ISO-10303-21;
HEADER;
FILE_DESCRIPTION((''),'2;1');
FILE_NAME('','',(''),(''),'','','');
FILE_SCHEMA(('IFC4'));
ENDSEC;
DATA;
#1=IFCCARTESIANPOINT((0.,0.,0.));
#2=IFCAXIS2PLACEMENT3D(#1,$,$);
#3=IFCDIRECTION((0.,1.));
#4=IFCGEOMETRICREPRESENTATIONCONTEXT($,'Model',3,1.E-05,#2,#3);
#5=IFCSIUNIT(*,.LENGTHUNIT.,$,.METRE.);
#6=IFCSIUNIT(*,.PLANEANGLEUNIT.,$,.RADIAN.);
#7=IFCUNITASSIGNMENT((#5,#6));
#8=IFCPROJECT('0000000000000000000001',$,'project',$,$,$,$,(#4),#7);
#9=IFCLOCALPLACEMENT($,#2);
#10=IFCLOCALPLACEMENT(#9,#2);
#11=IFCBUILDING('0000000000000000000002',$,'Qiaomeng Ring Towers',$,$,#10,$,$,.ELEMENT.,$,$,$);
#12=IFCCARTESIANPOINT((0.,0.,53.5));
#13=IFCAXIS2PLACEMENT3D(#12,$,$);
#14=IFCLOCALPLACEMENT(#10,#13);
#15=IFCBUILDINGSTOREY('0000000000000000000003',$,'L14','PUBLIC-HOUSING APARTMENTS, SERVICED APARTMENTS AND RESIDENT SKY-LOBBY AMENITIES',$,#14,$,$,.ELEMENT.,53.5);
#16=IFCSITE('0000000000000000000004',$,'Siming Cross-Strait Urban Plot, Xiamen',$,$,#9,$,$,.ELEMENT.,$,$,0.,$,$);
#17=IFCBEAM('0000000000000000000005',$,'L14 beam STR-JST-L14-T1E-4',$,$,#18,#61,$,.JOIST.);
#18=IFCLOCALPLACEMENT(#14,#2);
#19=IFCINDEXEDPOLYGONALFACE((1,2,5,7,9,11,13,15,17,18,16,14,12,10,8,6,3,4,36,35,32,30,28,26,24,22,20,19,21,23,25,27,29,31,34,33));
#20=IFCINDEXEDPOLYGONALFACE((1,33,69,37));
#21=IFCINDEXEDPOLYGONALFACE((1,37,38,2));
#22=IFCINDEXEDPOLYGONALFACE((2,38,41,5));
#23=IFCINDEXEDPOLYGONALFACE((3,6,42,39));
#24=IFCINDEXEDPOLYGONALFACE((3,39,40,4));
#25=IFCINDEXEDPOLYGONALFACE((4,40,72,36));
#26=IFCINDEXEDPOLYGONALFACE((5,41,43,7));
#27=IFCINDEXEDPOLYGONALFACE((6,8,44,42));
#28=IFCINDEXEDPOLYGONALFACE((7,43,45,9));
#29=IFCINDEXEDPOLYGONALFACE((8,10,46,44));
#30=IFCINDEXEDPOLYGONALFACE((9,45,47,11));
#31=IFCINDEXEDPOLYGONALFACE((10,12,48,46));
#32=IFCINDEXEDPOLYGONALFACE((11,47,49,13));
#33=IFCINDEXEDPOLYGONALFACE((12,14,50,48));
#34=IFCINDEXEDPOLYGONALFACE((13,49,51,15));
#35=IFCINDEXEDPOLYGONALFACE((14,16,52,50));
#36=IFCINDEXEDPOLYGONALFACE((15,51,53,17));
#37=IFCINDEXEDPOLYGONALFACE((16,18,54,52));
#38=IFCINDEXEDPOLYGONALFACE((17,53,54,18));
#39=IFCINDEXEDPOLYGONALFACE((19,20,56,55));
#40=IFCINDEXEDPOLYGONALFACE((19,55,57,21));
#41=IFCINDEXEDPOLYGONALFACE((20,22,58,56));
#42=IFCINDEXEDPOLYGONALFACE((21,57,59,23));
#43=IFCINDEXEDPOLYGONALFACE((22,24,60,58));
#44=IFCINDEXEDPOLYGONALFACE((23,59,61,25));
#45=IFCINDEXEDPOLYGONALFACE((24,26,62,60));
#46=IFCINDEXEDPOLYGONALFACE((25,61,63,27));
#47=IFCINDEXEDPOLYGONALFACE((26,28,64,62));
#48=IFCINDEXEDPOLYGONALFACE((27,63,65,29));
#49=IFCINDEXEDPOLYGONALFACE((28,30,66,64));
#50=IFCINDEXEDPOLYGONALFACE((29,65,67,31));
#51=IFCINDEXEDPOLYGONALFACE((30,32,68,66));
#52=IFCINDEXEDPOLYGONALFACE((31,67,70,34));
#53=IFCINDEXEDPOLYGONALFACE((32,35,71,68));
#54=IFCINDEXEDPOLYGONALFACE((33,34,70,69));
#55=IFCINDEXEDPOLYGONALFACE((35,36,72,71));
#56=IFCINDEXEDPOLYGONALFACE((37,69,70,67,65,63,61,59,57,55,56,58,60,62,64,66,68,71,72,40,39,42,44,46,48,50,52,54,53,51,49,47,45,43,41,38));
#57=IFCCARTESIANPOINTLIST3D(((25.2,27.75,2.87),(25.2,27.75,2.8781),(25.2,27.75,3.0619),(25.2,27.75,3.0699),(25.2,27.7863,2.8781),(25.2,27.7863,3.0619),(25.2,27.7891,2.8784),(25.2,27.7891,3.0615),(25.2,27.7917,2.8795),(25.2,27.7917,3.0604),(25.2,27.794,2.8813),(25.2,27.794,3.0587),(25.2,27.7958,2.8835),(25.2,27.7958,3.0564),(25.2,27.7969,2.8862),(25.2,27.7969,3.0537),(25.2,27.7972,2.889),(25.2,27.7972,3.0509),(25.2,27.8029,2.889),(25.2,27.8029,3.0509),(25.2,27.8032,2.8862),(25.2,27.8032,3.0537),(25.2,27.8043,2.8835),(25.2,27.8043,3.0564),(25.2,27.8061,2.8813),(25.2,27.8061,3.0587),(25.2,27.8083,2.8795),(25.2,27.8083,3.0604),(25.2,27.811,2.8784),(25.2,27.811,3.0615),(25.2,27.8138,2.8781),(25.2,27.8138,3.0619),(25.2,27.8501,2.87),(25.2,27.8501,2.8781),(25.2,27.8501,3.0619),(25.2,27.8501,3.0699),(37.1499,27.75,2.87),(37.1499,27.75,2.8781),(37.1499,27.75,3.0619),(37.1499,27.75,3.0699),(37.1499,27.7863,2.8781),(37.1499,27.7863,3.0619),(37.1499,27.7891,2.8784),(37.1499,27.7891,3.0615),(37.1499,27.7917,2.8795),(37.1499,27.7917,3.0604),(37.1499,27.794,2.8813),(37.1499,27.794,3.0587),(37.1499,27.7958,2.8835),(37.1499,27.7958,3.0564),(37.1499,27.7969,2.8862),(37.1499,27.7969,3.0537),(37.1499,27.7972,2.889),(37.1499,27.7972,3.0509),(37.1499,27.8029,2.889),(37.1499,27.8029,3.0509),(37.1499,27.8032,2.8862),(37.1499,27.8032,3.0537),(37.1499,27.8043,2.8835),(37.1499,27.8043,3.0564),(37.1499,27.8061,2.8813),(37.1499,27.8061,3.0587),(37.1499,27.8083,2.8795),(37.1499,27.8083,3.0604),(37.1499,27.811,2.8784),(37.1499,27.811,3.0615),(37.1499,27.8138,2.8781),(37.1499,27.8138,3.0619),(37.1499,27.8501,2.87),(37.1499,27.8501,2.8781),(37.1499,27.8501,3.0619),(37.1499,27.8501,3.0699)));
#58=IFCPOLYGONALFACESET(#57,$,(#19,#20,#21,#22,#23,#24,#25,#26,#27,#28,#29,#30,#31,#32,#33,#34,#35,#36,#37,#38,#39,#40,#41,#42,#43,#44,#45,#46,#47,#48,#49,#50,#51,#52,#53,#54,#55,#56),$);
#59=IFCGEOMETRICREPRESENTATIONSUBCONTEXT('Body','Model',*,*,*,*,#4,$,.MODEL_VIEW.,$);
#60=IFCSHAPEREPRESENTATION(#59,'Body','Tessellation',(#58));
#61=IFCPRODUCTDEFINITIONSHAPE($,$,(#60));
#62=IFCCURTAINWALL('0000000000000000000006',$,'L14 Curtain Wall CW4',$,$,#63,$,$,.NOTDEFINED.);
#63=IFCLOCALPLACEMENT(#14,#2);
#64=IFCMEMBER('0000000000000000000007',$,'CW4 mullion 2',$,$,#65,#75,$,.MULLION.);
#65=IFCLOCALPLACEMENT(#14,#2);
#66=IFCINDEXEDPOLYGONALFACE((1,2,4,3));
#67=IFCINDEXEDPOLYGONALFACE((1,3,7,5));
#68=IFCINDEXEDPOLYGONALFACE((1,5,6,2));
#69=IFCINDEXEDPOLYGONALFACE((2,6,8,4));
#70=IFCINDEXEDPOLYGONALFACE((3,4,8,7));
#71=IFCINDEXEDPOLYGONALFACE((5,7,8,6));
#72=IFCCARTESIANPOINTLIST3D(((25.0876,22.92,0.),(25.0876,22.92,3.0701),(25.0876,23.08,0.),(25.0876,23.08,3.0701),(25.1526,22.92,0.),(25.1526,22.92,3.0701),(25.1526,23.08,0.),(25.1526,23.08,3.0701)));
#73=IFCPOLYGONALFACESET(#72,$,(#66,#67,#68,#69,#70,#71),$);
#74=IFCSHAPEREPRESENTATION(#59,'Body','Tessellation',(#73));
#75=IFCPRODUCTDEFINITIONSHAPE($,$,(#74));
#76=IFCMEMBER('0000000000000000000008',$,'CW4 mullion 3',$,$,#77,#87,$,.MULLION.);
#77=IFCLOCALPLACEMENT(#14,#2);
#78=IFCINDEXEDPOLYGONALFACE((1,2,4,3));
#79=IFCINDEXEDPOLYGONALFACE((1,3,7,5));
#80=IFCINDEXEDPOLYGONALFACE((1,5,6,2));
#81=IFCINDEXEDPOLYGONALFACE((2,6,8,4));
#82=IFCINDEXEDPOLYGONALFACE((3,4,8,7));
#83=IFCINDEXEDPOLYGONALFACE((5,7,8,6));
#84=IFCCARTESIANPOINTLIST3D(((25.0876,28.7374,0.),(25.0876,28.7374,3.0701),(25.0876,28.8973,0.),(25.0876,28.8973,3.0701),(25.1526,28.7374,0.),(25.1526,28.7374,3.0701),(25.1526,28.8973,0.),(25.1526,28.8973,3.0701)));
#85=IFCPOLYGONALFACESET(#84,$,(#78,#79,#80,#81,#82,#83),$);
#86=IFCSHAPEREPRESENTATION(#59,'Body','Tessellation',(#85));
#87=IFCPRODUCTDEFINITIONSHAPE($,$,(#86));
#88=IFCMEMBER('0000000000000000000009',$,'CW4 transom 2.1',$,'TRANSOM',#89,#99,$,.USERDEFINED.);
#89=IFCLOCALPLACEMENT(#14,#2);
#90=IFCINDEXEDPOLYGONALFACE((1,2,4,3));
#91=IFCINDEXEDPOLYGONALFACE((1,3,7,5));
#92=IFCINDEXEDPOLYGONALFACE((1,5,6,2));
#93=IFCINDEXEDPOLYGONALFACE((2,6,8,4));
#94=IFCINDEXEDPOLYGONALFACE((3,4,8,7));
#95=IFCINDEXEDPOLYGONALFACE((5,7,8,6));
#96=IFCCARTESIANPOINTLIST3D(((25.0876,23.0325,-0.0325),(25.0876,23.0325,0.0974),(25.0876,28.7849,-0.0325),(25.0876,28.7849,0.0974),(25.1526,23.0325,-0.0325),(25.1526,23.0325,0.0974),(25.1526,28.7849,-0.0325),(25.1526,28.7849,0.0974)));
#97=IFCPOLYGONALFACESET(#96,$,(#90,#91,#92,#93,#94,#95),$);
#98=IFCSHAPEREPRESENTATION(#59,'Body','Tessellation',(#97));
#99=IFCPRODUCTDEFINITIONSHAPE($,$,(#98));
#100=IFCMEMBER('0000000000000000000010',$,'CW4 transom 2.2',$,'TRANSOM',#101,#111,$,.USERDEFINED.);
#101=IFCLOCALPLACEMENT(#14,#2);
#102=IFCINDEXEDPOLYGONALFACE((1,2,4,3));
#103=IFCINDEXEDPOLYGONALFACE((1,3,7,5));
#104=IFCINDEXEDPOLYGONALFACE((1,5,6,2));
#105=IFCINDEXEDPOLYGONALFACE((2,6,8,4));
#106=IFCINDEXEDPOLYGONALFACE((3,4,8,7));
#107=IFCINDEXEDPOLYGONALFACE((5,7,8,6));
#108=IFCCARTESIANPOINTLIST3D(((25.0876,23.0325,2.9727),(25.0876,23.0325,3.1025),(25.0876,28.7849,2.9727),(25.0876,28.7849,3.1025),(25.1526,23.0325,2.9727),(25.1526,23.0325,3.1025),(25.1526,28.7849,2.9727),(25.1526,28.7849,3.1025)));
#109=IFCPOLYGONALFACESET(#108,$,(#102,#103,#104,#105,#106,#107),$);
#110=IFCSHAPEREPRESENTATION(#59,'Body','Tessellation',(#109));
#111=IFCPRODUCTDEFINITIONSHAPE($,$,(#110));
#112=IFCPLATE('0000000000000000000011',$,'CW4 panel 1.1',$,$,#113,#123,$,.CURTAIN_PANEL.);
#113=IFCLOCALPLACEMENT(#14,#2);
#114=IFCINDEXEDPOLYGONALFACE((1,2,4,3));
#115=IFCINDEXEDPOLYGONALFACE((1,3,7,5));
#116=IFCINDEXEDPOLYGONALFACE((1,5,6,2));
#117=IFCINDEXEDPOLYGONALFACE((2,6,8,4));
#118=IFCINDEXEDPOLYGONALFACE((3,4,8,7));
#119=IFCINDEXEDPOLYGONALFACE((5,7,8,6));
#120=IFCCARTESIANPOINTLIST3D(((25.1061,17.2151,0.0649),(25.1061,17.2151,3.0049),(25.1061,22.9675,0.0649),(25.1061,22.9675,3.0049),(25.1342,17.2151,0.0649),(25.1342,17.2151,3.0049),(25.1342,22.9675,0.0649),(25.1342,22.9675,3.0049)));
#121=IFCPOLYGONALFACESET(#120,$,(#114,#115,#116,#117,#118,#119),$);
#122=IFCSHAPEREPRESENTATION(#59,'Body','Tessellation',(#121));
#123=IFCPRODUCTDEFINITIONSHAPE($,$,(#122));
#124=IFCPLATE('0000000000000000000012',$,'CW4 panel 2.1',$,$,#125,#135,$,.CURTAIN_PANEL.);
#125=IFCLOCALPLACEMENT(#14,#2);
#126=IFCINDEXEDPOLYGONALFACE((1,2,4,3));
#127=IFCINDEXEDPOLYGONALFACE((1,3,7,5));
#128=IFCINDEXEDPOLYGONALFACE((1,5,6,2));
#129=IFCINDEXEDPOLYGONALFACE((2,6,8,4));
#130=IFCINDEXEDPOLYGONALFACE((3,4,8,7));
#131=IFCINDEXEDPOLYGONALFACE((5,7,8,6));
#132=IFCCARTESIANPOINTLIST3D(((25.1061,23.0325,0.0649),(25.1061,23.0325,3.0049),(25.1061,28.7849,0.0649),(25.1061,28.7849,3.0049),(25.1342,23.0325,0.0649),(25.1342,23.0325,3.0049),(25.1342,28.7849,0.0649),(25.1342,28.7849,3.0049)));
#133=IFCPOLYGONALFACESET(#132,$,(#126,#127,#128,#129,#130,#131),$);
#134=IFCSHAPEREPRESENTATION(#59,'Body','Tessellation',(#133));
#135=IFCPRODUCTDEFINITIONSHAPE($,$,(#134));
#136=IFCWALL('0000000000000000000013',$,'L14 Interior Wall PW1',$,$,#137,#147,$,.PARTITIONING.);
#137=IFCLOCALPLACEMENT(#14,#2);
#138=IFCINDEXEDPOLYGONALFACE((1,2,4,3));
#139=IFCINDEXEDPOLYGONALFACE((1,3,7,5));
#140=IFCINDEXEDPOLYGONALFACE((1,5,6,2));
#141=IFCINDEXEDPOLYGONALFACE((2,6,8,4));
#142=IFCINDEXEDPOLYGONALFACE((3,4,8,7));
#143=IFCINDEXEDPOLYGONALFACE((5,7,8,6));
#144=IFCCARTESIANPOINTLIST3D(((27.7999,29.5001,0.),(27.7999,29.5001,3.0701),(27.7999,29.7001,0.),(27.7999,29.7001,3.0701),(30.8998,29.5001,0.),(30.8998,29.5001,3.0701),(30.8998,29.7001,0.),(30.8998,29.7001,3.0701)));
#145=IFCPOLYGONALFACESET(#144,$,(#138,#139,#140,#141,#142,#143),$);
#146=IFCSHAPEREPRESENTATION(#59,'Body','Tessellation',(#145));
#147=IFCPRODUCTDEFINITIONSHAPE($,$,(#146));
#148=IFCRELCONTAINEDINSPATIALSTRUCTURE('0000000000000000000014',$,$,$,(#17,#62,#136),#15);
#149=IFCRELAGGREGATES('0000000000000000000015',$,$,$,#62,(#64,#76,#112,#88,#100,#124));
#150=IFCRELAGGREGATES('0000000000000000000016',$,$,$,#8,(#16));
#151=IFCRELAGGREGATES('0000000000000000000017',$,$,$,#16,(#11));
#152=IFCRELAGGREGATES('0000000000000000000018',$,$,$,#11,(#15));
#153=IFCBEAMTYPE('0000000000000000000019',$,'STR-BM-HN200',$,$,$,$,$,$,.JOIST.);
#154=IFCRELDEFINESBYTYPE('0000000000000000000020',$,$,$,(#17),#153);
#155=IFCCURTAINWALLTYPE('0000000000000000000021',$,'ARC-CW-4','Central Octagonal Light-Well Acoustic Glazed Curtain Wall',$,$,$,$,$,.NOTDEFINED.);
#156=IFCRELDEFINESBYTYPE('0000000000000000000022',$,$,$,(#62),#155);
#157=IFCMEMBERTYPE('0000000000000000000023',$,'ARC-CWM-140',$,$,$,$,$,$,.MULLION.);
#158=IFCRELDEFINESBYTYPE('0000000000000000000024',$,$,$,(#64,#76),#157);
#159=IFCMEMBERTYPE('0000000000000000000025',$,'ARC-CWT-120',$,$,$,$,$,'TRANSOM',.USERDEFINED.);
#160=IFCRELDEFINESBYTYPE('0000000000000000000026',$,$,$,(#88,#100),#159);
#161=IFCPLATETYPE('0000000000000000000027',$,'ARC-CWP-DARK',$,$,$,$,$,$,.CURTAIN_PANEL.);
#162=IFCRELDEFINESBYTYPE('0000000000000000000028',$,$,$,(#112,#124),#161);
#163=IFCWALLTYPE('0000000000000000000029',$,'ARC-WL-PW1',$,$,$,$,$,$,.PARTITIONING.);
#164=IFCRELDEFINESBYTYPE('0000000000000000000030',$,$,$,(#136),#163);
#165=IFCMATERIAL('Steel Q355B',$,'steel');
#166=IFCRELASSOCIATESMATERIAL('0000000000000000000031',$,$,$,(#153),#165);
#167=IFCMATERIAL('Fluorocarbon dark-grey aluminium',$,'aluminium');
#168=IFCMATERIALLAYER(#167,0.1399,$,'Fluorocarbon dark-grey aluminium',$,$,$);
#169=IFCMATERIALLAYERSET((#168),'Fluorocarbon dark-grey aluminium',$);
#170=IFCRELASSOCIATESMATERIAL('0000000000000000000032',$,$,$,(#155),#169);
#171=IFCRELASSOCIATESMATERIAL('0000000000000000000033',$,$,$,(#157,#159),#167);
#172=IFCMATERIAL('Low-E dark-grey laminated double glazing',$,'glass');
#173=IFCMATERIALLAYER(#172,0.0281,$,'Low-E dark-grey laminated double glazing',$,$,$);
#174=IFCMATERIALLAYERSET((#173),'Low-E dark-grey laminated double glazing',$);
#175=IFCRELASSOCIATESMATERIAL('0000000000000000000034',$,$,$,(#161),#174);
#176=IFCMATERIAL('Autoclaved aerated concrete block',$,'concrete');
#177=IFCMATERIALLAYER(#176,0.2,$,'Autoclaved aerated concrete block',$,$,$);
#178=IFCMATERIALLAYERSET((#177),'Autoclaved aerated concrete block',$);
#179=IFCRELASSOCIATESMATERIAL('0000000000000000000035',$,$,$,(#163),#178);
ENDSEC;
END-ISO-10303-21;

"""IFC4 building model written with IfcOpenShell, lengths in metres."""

from ifc_helpers import new_model, si_unit, direction, frame, frame_2d, origin, origin_2d, place, context, subcontext, project, spatial, rectangle, i_section, extrude, source, transform, mapped, material, layer, layer_set, material_profile, profile_set, type_object, element, aggregate, save


model = new_model("IFC4")

# Units and contexts
model_context = context("Model", 3, precision=1e-05, world=origin(), true_north=direction((0.0, 1.0)))
body_context = subcontext(model_context, "Body", "Model", "MODEL_VIEW")
ifc_project = project(units=[si_unit("LENGTHUNIT", "METRE"), si_unit("PLANEANGLEUNIT", "RADIAN")], contexts=[model_context])

# Site, building, storey
site_placement = place(None, origin())
site = spatial("IfcSite", under=ifc_project, at=site_placement, Name="Siming Cross-Strait Urban Plot, Xiamen", CompositionType="ELEMENT", RefElevation=0.0)
building_placement = place(site_placement, origin())
building = spatial("IfcBuilding", under=site, at=building_placement, Name="Qiaomeng Ring Towers", CompositionType="ELEMENT")
storey_placement = place(building_placement, frame((0.0, 0.0, 53.5)))
storey = spatial("IfcBuildingStorey", under=building, at=storey_placement, Name="L14", Description="PUBLIC-HOUSING APARTMENTS, SERVICED APARTMENTS AND RESIDENT SKY-LOBBY AMENITIES", CompositionType="ELEMENT", Elevation=53.5)

# Beam
ifc_material_1 = material(Name="Steel Q355B", Category="steel")
ifc_material_profile_1 = material_profile(ifc_material_1, i_section(OverallWidth=0.1001, OverallDepth=0.2, WebThickness=0.0056, FlangeThickness=0.0081, FilletRadius=0.011, at=origin_2d()), Name="HN 200x100x5.5x8")
ifc_profile_set_1 = profile_set([ifc_material_profile_1], Name="Steel Q355B")
beam_type_1 = type_object("IfcBeamType", Name="STR-BM-HN200", PredefinedType="JOIST", material=ifc_profile_set_1)
shared_shape_1 = source(origin(), body_context, "Body", "SweptSolid", [
    extrude(i_section(OverallWidth=0.1001, OverallDepth=0.2, WebThickness=0.0056, FlangeThickness=0.0081, FilletRadius=0.011, at=origin_2d()), origin(), (0.0, 0.0, 1.0), 11.95),
])
for number, where, z_axis, x_axis, name in (
    (1, (25.2, 27.8, 2.97), (1.0, 0.0, 0.0), (0.0, 1.0, 0.0), "L14 beam STR-JST-L14-T1E-4"),
):
    element("IfcBeam", number, at=place(storey_placement, frame(where, z_axis=z_axis, x_axis=x_axis)), inside=storey, type_object=beam_type_1, Name=name, PredefinedType="JOIST", context=body_context, shape_type="MappedRepresentation", body=[
        mapped(shared_shape_1, transform((0.0, 0.0, 0.0), x_axis=(1.0, 0.0, 0.0), y_axis=(0.0, 1.0, 0.0), z_axis=(0.0, 0.0, 1.0), scale=1.0)),
    ])

# Curtain wall, members, plates
ifc_material_2 = material(Name="Fluorocarbon dark-grey aluminium", Category="aluminium")
ifc_layer_1 = layer(ifc_material_2, 0.1399, Name="Fluorocarbon dark-grey aluminium")
ifc_layer_set_1 = layer_set([ifc_layer_1], Name="Fluorocarbon dark-grey aluminium")
curtain_wall_type = type_object("IfcCurtainWallType", Name="ARC-CW-4", Description="Central Octagonal Light-Well Acoustic Glazed Curtain Wall", PredefinedType="NOTDEFINED", material=ifc_layer_set_1)
curtain_wall_placement = place(storey_placement, origin())
curtain_wall = element("IfcCurtainWall", 2, at=curtain_wall_placement, inside=storey, type_object=curtain_wall_type, Name="L14 Curtain Wall CW4", PredefinedType="NOTDEFINED")
ifc_material_profile_2 = material_profile(ifc_material_2, rectangle(XDim=0.0649, YDim=0.1599, at=origin_2d()), Name="ALU MULL 65x160")
ifc_profile_set_2 = profile_set([ifc_material_profile_2], Name="Fluorocarbon dark-grey aluminium")
member_type_1 = type_object("IfcMemberType", Name="ARC-CWM-140", PredefinedType="MULLION", material=ifc_profile_set_2)
shared_shape_2 = source(origin(), body_context, "Body", "SweptSolid", [
    extrude(rectangle(XDim=0.0649, YDim=0.1599, at=origin_2d()), origin(), (0.0, 0.0, 1.0), 3.0701),
])
member_1_placement = place(storey_placement, frame((25.1201, 23.0, 0.0), z_axis=(0.0, 0.0, 1.0), x_axis=(-1.0, 0.0, 0.0)))
member_1 = element("IfcMember", 3, at=member_1_placement, type_object=member_type_1, Name="CW4 mullion 2", PredefinedType="MULLION", context=body_context, shape_type="MappedRepresentation", body=[
    mapped(shared_shape_2, transform((0.0, 0.0, 0.0), x_axis=(1.0, 0.0, 0.0), y_axis=(0.0, 1.0, 0.0), z_axis=(0.0, 0.0, 1.0), scale=1.0)),
])
member_2_placement = place(storey_placement, frame((25.1201, 28.8174, 0.0), z_axis=(0.0, 0.0, 1.0), x_axis=(-1.0, 0.0, 0.0)))
member_2 = element("IfcMember", 4, at=member_2_placement, type_object=member_type_1, Name="CW4 mullion 3", PredefinedType="MULLION", context=body_context, shape_type="MappedRepresentation", body=[
    mapped(shared_shape_2, transform((0.0, 0.0, 0.0), x_axis=(1.0, 0.0, 0.0), y_axis=(0.0, 1.0, 0.0), z_axis=(0.0, 0.0, 1.0), scale=1.0)),
])
ifc_material_profile_3 = material_profile(ifc_material_2, rectangle(XDim=0.0649, YDim=0.1299, at=origin_2d()), Name="ALU TRAN 65x130")
ifc_profile_set_3 = profile_set([ifc_material_profile_3], Name="Fluorocarbon dark-grey aluminium")
member_type_2 = type_object("IfcMemberType", Name="ARC-CWT-120", ElementType="TRANSOM", PredefinedType="USERDEFINED", material=ifc_profile_set_3)
shared_shape_3 = source(origin(), body_context, "Body", "SweptSolid", [
    extrude(rectangle(XDim=0.0649, YDim=0.1299, at=origin_2d()), origin(), (0.0, 0.0, 1.0), 5.7524),
])
member_3_placement = place(storey_placement, frame((25.1201, 23.0325, 0.0325), z_axis=(0.0, 1.0, 0.0), x_axis=(-1.0, 0.0, 0.0)))
member_3 = element("IfcMember", 5, at=member_3_placement, type_object=member_type_2, Name="CW4 transom 2.1", ObjectType="TRANSOM", PredefinedType="USERDEFINED", context=body_context, shape_type="MappedRepresentation", body=[
    mapped(shared_shape_3, transform((0.0, 0.0, 0.0), x_axis=(1.0, 0.0, 0.0), y_axis=(0.0, 1.0, 0.0), z_axis=(0.0, 0.0, 1.0), scale=1.0)),
])
member_4_placement = place(storey_placement, frame((25.1201, 23.0325, 3.0376), z_axis=(0.0, 1.0, 0.0), x_axis=(-1.0, 0.0, 0.0)))
member_4 = element("IfcMember", 6, at=member_4_placement, type_object=member_type_2, Name="CW4 transom 2.2", ObjectType="TRANSOM", PredefinedType="USERDEFINED", context=body_context, shape_type="MappedRepresentation", body=[
    mapped(shared_shape_3, transform((0.0, 0.0, 0.0), x_axis=(1.0, 0.0, 0.0), y_axis=(0.0, 1.0, 0.0), z_axis=(0.0, 0.0, 1.0), scale=1.0)),
])
ifc_material_3 = material(Name="Low-E dark-grey laminated double glazing", Category="glass")
ifc_layer_2 = layer(ifc_material_3, 0.0281, Name="Low-E dark-grey laminated double glazing")
ifc_layer_set_2 = layer_set([ifc_layer_2], Name="Low-E dark-grey laminated double glazing")
plate_type = type_object("IfcPlateType", Name="ARC-CWP-DARK", PredefinedType="CURTAIN_PANEL", material=ifc_layer_set_2)
shared_shape_4 = source(origin(), body_context, "Body", "SweptSolid", [
    extrude(rectangle(XDim=5.7524, YDim=0.0281, at=origin_2d()), origin(), (0.0, 0.0, 1.0), 2.9399),
])
plate_1_placement = place(storey_placement, frame((25.1201, 20.0913, 0.0649), z_axis=(0.0, 0.0, 1.0), x_axis=(0.0, 1.0, 0.0)))
plate_1 = element("IfcPlate", 7, at=plate_1_placement, type_object=plate_type, Name="CW4 panel 1.1", PredefinedType="CURTAIN_PANEL", context=body_context, shape_type="MappedRepresentation", body=[
    mapped(shared_shape_4, transform((0.0, 0.0, 0.0), x_axis=(1.0, 0.0, 0.0), y_axis=(0.0, 1.0, 0.0), z_axis=(0.0, 0.0, 1.0), scale=1.0)),
])
plate_2_placement = place(storey_placement, frame((25.1201, 25.9087, 0.0649), z_axis=(0.0, 0.0, 1.0), x_axis=(0.0, 1.0, 0.0)))
plate_2 = element("IfcPlate", 8, at=plate_2_placement, type_object=plate_type, Name="CW4 panel 2.1", PredefinedType="CURTAIN_PANEL", context=body_context, shape_type="MappedRepresentation", body=[
    mapped(shared_shape_4, transform((0.0, 0.0, 0.0), x_axis=(1.0, 0.0, 0.0), y_axis=(0.0, 1.0, 0.0), z_axis=(0.0, 0.0, 1.0), scale=1.0)),
])
aggregate(curtain_wall, [member_1, member_2, plate_1, member_3, member_4, plate_2])

# Wall
ifc_material_4 = material(Name="Autoclaved aerated concrete block", Category="concrete")
ifc_layer_3 = layer(ifc_material_4, 0.2, Name="Autoclaved aerated concrete block")
ifc_layer_set_3 = layer_set([ifc_layer_3], Name="Autoclaved aerated concrete block")
wall_type_1 = type_object("IfcWallType", Name="ARC-WL-PW1", PredefinedType="PARTITIONING", material=ifc_layer_set_3)
wall_1_placement = place(storey_placement, frame((27.8, 29.6001, 0.0), z_axis=(0.0, 0.0, 1.0), x_axis=(1.0, 0.0, 0.0)))
element("IfcWall", 9, at=wall_1_placement, inside=storey, type_object=wall_type_1, Name="L14 Interior Wall PW1", PredefinedType="PARTITIONING", context=body_context, shape_type="SweptSolid", body=[
    extrude(rectangle(XDim=3.0999, YDim=0.2, at=frame_2d((1.5498, 0.0))), origin(), (0.0, 0.0, 1.0), 3.0701),
])

save(model, "model.ifc")
